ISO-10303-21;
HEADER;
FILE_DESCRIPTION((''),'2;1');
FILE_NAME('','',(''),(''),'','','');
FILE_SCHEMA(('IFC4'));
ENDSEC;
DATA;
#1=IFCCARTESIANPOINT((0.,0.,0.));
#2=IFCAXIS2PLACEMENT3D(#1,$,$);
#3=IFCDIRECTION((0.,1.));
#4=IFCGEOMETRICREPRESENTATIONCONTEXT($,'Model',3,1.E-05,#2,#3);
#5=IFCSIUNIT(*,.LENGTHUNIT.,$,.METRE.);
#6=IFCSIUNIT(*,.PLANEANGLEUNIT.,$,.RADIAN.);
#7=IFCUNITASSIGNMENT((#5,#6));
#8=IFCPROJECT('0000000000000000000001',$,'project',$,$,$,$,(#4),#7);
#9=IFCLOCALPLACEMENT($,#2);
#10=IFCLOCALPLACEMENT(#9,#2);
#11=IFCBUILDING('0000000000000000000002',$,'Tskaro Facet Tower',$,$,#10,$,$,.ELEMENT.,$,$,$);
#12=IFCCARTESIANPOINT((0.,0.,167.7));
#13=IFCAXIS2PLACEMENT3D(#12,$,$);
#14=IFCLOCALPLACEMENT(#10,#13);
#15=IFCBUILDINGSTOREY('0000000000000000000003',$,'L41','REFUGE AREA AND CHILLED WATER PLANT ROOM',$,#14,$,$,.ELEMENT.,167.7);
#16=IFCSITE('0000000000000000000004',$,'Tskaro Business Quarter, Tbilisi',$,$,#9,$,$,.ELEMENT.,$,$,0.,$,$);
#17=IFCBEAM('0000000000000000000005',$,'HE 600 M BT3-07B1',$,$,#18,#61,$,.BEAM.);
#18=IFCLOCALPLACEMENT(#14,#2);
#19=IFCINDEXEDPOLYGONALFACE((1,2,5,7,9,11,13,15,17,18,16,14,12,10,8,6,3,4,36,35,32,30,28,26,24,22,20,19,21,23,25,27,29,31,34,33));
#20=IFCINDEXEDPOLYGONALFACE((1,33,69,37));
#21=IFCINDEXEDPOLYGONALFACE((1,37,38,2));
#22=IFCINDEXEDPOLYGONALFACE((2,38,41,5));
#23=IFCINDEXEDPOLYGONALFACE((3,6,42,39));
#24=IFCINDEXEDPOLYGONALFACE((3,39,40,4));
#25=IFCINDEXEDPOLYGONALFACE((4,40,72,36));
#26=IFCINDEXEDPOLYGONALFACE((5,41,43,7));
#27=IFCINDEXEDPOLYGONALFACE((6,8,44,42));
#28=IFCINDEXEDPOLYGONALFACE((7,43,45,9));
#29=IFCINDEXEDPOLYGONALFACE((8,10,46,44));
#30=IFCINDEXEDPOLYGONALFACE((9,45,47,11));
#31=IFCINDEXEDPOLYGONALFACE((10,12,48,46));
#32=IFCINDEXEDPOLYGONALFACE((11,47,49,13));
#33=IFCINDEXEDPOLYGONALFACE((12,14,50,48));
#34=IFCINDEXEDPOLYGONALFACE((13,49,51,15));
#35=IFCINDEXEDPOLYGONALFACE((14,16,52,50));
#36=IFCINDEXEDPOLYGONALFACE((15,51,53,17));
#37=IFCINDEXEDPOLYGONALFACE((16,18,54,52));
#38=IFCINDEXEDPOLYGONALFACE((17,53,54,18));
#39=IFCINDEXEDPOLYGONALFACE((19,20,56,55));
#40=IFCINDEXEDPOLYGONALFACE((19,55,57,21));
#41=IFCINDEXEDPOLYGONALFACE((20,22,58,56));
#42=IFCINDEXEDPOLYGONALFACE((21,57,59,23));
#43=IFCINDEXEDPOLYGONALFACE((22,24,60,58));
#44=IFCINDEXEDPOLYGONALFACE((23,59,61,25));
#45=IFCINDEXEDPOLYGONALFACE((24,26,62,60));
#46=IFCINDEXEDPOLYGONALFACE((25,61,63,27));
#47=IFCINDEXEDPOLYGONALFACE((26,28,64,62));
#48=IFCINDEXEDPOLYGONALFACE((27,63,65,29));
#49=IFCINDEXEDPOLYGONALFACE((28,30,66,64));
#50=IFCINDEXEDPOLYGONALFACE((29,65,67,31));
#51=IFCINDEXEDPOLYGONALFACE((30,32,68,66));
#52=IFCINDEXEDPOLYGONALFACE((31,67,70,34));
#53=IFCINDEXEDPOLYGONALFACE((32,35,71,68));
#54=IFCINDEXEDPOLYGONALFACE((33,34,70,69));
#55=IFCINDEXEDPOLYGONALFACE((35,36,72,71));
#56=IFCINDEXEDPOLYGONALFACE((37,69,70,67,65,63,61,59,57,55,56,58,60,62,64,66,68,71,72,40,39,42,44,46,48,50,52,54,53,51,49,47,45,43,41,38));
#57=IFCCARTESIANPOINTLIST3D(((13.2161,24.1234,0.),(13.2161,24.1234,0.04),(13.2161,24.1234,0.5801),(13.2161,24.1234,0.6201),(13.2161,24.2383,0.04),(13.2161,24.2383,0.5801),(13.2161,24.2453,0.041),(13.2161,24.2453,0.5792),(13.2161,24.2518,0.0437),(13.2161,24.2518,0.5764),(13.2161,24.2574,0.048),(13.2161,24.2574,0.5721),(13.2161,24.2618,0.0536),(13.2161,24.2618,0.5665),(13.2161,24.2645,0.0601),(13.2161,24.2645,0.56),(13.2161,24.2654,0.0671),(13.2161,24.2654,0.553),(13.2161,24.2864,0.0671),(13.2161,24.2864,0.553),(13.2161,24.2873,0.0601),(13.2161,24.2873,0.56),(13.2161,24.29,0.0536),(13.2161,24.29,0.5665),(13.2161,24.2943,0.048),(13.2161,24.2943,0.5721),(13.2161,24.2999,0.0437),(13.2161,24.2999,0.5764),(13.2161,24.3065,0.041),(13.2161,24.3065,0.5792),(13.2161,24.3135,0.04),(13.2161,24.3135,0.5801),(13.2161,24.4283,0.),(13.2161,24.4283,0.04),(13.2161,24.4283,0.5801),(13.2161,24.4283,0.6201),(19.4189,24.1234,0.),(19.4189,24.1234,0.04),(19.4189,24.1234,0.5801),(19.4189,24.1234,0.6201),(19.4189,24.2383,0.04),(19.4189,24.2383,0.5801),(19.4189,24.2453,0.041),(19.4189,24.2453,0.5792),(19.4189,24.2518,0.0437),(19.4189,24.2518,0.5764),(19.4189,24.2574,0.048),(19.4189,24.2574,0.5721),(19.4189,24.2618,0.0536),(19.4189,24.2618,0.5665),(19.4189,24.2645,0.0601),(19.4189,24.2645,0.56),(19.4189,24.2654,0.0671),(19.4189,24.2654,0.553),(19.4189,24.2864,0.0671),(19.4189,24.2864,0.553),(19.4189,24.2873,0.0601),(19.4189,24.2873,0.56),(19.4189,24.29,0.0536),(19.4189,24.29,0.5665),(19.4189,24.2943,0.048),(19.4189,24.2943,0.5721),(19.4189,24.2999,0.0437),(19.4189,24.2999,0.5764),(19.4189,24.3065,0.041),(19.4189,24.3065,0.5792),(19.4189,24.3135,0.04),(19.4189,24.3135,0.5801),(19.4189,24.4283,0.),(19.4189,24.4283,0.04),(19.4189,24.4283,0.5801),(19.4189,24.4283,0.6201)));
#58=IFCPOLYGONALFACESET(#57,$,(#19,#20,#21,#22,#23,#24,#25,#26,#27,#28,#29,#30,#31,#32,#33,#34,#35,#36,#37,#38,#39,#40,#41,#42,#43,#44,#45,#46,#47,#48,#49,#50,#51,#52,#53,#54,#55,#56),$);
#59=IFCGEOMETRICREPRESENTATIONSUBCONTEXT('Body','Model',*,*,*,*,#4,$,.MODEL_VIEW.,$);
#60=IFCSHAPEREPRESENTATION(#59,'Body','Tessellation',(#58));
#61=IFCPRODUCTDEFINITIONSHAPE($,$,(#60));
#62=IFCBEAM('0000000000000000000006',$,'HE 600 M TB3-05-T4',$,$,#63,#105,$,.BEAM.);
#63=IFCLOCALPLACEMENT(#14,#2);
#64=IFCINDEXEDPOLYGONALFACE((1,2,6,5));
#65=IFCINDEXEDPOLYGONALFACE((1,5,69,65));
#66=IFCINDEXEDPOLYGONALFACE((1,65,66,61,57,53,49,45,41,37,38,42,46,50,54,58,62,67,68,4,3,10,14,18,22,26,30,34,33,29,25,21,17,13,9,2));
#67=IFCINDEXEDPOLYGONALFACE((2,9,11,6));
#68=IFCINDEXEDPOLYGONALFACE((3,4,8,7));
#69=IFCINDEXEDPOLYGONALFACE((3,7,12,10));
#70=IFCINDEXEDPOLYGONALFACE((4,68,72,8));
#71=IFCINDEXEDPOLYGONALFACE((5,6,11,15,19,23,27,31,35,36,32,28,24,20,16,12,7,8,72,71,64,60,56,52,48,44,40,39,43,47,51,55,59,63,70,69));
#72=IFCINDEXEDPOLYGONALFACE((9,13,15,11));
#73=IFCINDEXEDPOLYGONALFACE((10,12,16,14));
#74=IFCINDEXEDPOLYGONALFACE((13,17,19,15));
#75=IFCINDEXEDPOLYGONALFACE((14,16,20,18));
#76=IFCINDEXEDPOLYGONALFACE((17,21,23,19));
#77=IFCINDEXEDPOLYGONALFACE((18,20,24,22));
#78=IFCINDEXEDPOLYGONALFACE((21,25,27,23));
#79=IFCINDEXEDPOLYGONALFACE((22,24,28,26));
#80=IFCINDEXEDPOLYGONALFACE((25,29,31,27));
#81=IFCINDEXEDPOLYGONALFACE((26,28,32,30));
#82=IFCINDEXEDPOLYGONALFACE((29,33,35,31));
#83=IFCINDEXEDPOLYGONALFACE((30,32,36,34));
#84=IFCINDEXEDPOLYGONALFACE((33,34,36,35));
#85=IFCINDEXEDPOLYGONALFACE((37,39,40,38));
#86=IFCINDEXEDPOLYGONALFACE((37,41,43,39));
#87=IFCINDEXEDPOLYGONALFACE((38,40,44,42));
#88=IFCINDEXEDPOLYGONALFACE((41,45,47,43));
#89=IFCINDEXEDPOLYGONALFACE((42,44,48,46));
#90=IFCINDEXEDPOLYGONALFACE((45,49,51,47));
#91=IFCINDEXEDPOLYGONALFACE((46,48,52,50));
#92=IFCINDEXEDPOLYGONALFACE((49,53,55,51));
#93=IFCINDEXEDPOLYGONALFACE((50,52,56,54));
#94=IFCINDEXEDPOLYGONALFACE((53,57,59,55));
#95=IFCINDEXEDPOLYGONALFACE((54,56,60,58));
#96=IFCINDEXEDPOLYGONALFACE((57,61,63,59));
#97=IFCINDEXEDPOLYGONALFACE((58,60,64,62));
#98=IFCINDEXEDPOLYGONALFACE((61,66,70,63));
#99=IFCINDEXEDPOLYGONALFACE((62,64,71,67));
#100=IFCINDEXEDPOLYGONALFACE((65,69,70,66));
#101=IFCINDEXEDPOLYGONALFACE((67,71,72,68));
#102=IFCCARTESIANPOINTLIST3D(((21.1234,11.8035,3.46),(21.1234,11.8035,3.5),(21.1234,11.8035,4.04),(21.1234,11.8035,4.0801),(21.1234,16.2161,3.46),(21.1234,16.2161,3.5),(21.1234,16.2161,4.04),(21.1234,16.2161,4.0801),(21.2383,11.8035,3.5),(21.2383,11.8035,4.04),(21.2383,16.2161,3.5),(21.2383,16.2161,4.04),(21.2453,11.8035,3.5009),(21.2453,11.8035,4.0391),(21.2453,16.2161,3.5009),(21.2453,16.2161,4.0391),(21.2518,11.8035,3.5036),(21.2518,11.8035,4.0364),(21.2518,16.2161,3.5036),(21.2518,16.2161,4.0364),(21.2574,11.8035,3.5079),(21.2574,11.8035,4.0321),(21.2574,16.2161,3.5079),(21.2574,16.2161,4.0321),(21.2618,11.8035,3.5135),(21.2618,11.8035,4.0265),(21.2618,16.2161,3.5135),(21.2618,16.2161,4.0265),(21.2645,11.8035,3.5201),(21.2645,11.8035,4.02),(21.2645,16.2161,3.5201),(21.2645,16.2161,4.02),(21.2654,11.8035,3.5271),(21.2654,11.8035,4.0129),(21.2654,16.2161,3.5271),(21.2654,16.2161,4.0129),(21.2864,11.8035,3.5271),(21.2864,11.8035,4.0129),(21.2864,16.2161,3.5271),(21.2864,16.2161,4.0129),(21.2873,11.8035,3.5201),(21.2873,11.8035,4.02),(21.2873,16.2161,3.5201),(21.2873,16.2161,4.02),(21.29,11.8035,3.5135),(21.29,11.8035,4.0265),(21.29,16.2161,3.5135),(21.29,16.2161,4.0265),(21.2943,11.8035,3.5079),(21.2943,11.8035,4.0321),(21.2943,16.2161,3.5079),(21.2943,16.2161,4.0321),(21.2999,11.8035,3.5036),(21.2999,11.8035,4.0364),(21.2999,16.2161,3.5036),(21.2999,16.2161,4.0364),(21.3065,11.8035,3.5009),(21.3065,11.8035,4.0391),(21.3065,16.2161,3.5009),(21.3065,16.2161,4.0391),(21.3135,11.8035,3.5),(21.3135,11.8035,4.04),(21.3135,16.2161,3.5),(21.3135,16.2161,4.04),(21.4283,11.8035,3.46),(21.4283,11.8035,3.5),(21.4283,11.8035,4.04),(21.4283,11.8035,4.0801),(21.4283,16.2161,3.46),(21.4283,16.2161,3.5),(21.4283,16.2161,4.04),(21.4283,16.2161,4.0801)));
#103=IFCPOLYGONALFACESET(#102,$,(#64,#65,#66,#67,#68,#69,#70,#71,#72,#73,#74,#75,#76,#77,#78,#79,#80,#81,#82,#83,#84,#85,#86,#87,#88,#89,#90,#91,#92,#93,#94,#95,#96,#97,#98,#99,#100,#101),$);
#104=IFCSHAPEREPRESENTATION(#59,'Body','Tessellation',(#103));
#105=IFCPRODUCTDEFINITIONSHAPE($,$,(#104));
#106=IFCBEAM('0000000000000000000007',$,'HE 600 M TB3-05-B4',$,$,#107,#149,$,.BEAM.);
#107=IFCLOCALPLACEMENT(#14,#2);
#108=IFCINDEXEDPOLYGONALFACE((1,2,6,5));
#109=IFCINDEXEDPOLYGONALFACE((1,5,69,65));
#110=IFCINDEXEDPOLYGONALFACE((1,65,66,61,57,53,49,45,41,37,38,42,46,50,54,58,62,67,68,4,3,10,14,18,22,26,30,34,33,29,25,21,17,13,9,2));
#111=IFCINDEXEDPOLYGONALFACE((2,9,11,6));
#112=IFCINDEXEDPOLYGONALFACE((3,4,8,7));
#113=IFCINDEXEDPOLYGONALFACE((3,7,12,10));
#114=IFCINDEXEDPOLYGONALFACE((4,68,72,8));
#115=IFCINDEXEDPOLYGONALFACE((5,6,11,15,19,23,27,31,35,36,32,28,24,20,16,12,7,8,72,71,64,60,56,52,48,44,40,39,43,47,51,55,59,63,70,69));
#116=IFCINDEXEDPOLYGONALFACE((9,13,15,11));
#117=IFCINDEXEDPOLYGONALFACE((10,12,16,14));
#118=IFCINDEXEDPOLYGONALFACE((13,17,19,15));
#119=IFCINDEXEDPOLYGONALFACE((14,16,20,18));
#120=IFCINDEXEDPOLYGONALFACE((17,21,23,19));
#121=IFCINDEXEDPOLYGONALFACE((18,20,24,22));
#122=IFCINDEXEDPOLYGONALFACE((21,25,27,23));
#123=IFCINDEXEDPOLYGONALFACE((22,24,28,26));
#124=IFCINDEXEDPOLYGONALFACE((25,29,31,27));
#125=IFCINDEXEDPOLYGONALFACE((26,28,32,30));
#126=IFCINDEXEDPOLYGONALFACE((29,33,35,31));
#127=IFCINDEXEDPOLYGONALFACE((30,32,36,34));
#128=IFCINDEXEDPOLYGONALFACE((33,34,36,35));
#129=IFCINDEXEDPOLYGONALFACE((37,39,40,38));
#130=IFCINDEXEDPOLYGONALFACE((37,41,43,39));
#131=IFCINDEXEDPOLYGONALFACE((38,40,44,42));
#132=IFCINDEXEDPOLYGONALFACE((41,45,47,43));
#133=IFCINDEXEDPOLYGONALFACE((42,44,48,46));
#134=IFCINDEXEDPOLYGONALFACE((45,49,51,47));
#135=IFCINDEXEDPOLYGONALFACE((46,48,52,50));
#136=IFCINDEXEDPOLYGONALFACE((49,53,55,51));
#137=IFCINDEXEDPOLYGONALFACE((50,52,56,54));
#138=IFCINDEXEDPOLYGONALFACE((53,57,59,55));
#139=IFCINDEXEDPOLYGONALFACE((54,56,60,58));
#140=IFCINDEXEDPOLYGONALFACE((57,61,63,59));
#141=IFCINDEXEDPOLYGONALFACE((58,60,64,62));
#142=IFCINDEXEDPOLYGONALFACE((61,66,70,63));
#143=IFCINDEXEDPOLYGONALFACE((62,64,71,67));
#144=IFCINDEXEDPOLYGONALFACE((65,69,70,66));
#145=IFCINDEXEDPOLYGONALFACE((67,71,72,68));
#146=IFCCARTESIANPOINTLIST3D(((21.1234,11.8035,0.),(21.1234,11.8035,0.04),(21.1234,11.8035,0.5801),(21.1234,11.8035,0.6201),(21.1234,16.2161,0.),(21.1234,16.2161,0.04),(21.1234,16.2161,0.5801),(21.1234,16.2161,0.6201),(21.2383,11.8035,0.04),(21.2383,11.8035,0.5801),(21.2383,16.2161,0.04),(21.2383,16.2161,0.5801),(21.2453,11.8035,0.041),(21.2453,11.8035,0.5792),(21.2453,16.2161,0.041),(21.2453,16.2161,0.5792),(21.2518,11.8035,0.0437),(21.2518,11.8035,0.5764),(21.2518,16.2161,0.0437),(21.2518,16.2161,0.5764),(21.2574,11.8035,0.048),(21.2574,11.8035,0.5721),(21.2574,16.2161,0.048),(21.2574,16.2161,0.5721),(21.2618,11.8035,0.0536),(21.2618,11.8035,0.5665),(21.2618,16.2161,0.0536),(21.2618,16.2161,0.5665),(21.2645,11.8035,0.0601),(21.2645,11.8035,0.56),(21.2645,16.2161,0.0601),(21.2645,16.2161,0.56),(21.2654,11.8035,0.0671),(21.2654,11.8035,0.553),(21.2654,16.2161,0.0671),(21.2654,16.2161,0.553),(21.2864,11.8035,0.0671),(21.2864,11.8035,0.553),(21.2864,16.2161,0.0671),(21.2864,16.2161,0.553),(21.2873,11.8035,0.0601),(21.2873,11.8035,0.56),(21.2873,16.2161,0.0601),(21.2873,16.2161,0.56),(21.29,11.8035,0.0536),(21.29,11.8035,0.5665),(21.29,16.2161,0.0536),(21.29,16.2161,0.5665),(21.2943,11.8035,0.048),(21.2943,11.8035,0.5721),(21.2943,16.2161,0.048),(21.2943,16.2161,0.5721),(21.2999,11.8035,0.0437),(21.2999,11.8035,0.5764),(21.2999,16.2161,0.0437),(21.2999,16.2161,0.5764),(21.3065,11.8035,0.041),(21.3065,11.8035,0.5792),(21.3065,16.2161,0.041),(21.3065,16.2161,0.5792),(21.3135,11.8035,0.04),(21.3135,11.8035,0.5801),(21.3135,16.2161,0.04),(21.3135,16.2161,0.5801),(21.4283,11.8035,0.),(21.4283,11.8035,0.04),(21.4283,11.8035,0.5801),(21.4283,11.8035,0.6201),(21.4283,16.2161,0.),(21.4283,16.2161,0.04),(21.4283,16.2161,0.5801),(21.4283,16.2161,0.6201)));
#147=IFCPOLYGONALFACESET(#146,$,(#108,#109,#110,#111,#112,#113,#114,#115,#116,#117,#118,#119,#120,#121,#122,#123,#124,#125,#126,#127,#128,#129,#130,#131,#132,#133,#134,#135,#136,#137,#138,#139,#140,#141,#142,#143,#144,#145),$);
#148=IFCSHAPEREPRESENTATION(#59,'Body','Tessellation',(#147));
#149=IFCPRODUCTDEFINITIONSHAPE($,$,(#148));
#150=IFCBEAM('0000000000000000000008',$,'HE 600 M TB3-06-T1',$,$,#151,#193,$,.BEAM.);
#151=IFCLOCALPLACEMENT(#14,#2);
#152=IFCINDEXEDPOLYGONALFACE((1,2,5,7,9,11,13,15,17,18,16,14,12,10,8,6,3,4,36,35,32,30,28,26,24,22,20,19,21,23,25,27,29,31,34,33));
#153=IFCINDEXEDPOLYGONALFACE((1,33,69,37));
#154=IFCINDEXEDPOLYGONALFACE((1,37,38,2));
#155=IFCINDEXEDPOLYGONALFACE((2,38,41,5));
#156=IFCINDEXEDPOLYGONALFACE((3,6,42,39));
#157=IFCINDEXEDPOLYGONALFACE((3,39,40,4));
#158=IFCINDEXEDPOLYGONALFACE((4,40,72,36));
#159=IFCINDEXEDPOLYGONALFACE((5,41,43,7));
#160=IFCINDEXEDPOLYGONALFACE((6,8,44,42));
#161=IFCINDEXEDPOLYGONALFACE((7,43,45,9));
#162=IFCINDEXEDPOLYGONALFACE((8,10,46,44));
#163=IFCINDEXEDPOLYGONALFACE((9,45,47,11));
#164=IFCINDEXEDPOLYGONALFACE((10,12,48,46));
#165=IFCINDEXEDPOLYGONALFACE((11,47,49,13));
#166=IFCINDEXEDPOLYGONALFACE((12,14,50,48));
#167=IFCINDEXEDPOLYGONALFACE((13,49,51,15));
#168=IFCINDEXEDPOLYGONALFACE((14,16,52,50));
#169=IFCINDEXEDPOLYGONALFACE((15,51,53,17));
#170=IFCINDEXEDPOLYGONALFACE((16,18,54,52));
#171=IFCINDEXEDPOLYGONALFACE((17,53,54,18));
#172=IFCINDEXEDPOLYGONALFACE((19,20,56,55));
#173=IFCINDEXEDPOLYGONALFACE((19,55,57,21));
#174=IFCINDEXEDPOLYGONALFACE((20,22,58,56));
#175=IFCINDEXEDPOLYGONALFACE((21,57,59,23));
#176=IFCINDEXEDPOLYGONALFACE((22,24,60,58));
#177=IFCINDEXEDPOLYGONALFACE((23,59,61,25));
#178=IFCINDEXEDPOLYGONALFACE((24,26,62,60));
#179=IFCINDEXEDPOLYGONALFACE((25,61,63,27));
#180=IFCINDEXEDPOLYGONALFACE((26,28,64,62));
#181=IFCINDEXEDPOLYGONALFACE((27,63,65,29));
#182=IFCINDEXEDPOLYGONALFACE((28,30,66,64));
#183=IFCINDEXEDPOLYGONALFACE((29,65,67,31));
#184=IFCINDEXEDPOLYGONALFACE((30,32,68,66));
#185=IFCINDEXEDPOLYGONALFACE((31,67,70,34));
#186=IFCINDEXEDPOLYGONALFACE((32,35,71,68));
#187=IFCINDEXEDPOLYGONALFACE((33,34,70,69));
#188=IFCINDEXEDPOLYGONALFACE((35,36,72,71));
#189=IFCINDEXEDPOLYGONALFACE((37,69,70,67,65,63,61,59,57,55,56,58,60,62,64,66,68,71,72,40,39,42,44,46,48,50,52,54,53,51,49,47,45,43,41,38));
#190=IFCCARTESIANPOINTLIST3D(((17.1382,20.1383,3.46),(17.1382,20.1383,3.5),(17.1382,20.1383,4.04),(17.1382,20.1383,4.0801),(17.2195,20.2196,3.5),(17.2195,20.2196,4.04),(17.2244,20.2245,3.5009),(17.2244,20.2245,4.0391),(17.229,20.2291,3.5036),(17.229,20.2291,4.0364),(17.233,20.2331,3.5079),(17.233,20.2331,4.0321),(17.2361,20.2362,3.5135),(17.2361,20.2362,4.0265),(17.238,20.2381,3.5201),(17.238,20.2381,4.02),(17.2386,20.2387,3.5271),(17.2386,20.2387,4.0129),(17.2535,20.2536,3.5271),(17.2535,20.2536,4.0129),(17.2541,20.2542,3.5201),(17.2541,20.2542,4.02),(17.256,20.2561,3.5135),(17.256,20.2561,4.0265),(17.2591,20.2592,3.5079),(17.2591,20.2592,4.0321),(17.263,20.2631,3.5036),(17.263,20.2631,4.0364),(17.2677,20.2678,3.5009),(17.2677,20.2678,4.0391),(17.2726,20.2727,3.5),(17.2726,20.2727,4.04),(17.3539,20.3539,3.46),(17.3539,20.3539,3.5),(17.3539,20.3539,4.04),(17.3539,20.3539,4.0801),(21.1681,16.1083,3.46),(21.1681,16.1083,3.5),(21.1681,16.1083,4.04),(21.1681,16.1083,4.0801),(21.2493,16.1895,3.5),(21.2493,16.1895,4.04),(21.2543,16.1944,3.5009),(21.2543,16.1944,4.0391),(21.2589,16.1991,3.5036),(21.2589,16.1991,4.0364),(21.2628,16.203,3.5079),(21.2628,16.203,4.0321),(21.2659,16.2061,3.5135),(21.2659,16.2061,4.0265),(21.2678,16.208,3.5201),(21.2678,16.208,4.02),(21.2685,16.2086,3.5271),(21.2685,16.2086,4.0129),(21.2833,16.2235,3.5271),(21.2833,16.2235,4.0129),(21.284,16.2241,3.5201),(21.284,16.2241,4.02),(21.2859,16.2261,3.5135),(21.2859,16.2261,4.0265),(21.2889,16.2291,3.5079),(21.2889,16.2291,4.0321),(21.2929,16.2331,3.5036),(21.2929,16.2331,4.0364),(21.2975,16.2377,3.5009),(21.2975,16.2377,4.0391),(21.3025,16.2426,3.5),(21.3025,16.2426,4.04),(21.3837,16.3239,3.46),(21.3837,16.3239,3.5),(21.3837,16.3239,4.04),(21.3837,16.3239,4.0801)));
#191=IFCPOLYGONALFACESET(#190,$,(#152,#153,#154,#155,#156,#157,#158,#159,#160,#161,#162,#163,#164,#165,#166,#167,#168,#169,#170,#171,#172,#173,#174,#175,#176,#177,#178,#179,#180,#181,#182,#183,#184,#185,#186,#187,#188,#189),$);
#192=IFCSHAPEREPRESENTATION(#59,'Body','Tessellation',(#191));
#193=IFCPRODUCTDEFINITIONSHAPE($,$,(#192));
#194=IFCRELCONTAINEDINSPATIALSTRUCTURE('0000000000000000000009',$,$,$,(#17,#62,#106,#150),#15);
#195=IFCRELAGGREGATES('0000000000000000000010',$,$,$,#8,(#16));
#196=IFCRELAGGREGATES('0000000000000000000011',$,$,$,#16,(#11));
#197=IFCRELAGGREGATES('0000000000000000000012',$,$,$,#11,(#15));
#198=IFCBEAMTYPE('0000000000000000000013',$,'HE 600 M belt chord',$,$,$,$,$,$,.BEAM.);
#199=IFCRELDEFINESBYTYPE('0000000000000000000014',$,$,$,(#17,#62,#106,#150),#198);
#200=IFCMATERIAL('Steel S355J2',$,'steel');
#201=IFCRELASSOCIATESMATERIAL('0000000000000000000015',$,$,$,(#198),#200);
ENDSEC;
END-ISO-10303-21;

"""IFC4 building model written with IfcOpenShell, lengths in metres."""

from ifc_helpers import new_model, si_unit, direction, frame, origin, origin_2d, place, context, subcontext, project, spatial, i_section, extrude, material, material_profile, profile_set, type_object, element, save


model = new_model("IFC4")

# Units and contexts
model_context = context("Model", 3, precision=1e-05, world=origin(), true_north=direction((0.0, 1.0)))
body_context = subcontext(model_context, "Body", "Model", "MODEL_VIEW")
ifc_project = project(units=[si_unit("LENGTHUNIT", "METRE"), si_unit("PLANEANGLEUNIT", "RADIAN")], contexts=[model_context])

# Site, building, storey
site_placement = place(None, origin())
site = spatial("IfcSite", under=ifc_project, at=site_placement, Name="Tskaro Business Quarter, Tbilisi", CompositionType="ELEMENT", RefElevation=0.0)
building_placement = place(site_placement, origin())
building = spatial("IfcBuilding", under=site, at=building_placement, Name="Tskaro Facet Tower", CompositionType="ELEMENT")
storey_placement = place(building_placement, frame((0.0, 0.0, 167.7)))
storey = spatial("IfcBuildingStorey", under=building, at=storey_placement, Name="L41", Description="REFUGE AREA AND CHILLED WATER PLANT ROOM", CompositionType="ELEMENT", Elevation=167.7)

# Beams
ifc_material_1 = material(Name="Steel S355J2", Category="steel")
ifc_material_profile_1 = material_profile(ifc_material_1, i_section(OverallWidth=0.3049, OverallDepth=0.6201, WebThickness=0.021, FlangeThickness=0.04, FilletRadius=0.0271, at=origin_2d()), Name="HE 600 M")
ifc_profile_set_1 = profile_set([ifc_material_profile_1], Name="Steel S355J2")
beam_type_1 = type_object("IfcBeamType", Name="HE 600 M belt chord", PredefinedType="BEAM", material=ifc_profile_set_1)
beam_1_placement = place(storey_placement, frame((19.4189, 24.2759, 0.3101), z_axis=(-1.0, 0.0, 0.0), x_axis=(0.0, -1.0, 0.0)))
element("IfcBeam", 1, at=beam_1_placement, inside=storey, type_object=beam_type_1, Name="HE 600 M BT3-07B1", PredefinedType="BEAM", context=body_context, shape_type="SweptSolid", body=[
    extrude(i_section(OverallWidth=0.3049, OverallDepth=0.6201, WebThickness=0.021, FlangeThickness=0.04, FilletRadius=0.0271, at=origin_2d()), origin(), (0.0, 0.0, 1.0), 6.2029),
])
for number, where, z_axis, x_axis, name in (
    (2, (21.2759, 11.8035, 3.77), (0.0, 1.0, 0.0), (-1.0, 0.0, 0.0), "HE 600 M TB3-05-T4"),
    (3, (21.2759, 11.8035, 0.3101), (0.0, 1.0, 0.0), (-1.0, 0.0, 0.0), "HE 600 M TB3-05-B4"),
):
    element("IfcBeam", number, at=place(storey_placement, frame(where, z_axis=z_axis, x_axis=x_axis)), inside=storey, type_object=beam_type_1, Name=name, PredefinedType="BEAM", context=body_context, shape_type="SweptSolid", body=[
        extrude(i_section(OverallWidth=0.3049, OverallDepth=0.6201, WebThickness=0.021, FlangeThickness=0.04, FilletRadius=0.0271, at=origin_2d()), origin(), (0.0, 0.0, 1.0), 4.4126),
    ])
for number, where, z_axis, x_axis, name in (
    (4, (21.2759, 16.2161, 3.77), (-0.707085, 0.707128, 0.0), (-0.707128, -0.707085, 0.0), "HE 600 M TB3-06-T1"),
):
    element("IfcBeam", number, at=place(storey_placement, frame(where, z_axis=z_axis, x_axis=x_axis)), inside=storey, type_object=beam_type_1, Name=name, PredefinedType="BEAM", context=body_context, shape_type="SweptSolid", body=[
        extrude(i_section(OverallWidth=0.3049, OverallDepth=0.6201, WebThickness=0.021, FlangeThickness=0.04, FilletRadius=0.0271, at=origin_2d()), origin(), (0.0, 0.0, 1.0), 5.6992),
    ])

save(model, "model.ifc")
